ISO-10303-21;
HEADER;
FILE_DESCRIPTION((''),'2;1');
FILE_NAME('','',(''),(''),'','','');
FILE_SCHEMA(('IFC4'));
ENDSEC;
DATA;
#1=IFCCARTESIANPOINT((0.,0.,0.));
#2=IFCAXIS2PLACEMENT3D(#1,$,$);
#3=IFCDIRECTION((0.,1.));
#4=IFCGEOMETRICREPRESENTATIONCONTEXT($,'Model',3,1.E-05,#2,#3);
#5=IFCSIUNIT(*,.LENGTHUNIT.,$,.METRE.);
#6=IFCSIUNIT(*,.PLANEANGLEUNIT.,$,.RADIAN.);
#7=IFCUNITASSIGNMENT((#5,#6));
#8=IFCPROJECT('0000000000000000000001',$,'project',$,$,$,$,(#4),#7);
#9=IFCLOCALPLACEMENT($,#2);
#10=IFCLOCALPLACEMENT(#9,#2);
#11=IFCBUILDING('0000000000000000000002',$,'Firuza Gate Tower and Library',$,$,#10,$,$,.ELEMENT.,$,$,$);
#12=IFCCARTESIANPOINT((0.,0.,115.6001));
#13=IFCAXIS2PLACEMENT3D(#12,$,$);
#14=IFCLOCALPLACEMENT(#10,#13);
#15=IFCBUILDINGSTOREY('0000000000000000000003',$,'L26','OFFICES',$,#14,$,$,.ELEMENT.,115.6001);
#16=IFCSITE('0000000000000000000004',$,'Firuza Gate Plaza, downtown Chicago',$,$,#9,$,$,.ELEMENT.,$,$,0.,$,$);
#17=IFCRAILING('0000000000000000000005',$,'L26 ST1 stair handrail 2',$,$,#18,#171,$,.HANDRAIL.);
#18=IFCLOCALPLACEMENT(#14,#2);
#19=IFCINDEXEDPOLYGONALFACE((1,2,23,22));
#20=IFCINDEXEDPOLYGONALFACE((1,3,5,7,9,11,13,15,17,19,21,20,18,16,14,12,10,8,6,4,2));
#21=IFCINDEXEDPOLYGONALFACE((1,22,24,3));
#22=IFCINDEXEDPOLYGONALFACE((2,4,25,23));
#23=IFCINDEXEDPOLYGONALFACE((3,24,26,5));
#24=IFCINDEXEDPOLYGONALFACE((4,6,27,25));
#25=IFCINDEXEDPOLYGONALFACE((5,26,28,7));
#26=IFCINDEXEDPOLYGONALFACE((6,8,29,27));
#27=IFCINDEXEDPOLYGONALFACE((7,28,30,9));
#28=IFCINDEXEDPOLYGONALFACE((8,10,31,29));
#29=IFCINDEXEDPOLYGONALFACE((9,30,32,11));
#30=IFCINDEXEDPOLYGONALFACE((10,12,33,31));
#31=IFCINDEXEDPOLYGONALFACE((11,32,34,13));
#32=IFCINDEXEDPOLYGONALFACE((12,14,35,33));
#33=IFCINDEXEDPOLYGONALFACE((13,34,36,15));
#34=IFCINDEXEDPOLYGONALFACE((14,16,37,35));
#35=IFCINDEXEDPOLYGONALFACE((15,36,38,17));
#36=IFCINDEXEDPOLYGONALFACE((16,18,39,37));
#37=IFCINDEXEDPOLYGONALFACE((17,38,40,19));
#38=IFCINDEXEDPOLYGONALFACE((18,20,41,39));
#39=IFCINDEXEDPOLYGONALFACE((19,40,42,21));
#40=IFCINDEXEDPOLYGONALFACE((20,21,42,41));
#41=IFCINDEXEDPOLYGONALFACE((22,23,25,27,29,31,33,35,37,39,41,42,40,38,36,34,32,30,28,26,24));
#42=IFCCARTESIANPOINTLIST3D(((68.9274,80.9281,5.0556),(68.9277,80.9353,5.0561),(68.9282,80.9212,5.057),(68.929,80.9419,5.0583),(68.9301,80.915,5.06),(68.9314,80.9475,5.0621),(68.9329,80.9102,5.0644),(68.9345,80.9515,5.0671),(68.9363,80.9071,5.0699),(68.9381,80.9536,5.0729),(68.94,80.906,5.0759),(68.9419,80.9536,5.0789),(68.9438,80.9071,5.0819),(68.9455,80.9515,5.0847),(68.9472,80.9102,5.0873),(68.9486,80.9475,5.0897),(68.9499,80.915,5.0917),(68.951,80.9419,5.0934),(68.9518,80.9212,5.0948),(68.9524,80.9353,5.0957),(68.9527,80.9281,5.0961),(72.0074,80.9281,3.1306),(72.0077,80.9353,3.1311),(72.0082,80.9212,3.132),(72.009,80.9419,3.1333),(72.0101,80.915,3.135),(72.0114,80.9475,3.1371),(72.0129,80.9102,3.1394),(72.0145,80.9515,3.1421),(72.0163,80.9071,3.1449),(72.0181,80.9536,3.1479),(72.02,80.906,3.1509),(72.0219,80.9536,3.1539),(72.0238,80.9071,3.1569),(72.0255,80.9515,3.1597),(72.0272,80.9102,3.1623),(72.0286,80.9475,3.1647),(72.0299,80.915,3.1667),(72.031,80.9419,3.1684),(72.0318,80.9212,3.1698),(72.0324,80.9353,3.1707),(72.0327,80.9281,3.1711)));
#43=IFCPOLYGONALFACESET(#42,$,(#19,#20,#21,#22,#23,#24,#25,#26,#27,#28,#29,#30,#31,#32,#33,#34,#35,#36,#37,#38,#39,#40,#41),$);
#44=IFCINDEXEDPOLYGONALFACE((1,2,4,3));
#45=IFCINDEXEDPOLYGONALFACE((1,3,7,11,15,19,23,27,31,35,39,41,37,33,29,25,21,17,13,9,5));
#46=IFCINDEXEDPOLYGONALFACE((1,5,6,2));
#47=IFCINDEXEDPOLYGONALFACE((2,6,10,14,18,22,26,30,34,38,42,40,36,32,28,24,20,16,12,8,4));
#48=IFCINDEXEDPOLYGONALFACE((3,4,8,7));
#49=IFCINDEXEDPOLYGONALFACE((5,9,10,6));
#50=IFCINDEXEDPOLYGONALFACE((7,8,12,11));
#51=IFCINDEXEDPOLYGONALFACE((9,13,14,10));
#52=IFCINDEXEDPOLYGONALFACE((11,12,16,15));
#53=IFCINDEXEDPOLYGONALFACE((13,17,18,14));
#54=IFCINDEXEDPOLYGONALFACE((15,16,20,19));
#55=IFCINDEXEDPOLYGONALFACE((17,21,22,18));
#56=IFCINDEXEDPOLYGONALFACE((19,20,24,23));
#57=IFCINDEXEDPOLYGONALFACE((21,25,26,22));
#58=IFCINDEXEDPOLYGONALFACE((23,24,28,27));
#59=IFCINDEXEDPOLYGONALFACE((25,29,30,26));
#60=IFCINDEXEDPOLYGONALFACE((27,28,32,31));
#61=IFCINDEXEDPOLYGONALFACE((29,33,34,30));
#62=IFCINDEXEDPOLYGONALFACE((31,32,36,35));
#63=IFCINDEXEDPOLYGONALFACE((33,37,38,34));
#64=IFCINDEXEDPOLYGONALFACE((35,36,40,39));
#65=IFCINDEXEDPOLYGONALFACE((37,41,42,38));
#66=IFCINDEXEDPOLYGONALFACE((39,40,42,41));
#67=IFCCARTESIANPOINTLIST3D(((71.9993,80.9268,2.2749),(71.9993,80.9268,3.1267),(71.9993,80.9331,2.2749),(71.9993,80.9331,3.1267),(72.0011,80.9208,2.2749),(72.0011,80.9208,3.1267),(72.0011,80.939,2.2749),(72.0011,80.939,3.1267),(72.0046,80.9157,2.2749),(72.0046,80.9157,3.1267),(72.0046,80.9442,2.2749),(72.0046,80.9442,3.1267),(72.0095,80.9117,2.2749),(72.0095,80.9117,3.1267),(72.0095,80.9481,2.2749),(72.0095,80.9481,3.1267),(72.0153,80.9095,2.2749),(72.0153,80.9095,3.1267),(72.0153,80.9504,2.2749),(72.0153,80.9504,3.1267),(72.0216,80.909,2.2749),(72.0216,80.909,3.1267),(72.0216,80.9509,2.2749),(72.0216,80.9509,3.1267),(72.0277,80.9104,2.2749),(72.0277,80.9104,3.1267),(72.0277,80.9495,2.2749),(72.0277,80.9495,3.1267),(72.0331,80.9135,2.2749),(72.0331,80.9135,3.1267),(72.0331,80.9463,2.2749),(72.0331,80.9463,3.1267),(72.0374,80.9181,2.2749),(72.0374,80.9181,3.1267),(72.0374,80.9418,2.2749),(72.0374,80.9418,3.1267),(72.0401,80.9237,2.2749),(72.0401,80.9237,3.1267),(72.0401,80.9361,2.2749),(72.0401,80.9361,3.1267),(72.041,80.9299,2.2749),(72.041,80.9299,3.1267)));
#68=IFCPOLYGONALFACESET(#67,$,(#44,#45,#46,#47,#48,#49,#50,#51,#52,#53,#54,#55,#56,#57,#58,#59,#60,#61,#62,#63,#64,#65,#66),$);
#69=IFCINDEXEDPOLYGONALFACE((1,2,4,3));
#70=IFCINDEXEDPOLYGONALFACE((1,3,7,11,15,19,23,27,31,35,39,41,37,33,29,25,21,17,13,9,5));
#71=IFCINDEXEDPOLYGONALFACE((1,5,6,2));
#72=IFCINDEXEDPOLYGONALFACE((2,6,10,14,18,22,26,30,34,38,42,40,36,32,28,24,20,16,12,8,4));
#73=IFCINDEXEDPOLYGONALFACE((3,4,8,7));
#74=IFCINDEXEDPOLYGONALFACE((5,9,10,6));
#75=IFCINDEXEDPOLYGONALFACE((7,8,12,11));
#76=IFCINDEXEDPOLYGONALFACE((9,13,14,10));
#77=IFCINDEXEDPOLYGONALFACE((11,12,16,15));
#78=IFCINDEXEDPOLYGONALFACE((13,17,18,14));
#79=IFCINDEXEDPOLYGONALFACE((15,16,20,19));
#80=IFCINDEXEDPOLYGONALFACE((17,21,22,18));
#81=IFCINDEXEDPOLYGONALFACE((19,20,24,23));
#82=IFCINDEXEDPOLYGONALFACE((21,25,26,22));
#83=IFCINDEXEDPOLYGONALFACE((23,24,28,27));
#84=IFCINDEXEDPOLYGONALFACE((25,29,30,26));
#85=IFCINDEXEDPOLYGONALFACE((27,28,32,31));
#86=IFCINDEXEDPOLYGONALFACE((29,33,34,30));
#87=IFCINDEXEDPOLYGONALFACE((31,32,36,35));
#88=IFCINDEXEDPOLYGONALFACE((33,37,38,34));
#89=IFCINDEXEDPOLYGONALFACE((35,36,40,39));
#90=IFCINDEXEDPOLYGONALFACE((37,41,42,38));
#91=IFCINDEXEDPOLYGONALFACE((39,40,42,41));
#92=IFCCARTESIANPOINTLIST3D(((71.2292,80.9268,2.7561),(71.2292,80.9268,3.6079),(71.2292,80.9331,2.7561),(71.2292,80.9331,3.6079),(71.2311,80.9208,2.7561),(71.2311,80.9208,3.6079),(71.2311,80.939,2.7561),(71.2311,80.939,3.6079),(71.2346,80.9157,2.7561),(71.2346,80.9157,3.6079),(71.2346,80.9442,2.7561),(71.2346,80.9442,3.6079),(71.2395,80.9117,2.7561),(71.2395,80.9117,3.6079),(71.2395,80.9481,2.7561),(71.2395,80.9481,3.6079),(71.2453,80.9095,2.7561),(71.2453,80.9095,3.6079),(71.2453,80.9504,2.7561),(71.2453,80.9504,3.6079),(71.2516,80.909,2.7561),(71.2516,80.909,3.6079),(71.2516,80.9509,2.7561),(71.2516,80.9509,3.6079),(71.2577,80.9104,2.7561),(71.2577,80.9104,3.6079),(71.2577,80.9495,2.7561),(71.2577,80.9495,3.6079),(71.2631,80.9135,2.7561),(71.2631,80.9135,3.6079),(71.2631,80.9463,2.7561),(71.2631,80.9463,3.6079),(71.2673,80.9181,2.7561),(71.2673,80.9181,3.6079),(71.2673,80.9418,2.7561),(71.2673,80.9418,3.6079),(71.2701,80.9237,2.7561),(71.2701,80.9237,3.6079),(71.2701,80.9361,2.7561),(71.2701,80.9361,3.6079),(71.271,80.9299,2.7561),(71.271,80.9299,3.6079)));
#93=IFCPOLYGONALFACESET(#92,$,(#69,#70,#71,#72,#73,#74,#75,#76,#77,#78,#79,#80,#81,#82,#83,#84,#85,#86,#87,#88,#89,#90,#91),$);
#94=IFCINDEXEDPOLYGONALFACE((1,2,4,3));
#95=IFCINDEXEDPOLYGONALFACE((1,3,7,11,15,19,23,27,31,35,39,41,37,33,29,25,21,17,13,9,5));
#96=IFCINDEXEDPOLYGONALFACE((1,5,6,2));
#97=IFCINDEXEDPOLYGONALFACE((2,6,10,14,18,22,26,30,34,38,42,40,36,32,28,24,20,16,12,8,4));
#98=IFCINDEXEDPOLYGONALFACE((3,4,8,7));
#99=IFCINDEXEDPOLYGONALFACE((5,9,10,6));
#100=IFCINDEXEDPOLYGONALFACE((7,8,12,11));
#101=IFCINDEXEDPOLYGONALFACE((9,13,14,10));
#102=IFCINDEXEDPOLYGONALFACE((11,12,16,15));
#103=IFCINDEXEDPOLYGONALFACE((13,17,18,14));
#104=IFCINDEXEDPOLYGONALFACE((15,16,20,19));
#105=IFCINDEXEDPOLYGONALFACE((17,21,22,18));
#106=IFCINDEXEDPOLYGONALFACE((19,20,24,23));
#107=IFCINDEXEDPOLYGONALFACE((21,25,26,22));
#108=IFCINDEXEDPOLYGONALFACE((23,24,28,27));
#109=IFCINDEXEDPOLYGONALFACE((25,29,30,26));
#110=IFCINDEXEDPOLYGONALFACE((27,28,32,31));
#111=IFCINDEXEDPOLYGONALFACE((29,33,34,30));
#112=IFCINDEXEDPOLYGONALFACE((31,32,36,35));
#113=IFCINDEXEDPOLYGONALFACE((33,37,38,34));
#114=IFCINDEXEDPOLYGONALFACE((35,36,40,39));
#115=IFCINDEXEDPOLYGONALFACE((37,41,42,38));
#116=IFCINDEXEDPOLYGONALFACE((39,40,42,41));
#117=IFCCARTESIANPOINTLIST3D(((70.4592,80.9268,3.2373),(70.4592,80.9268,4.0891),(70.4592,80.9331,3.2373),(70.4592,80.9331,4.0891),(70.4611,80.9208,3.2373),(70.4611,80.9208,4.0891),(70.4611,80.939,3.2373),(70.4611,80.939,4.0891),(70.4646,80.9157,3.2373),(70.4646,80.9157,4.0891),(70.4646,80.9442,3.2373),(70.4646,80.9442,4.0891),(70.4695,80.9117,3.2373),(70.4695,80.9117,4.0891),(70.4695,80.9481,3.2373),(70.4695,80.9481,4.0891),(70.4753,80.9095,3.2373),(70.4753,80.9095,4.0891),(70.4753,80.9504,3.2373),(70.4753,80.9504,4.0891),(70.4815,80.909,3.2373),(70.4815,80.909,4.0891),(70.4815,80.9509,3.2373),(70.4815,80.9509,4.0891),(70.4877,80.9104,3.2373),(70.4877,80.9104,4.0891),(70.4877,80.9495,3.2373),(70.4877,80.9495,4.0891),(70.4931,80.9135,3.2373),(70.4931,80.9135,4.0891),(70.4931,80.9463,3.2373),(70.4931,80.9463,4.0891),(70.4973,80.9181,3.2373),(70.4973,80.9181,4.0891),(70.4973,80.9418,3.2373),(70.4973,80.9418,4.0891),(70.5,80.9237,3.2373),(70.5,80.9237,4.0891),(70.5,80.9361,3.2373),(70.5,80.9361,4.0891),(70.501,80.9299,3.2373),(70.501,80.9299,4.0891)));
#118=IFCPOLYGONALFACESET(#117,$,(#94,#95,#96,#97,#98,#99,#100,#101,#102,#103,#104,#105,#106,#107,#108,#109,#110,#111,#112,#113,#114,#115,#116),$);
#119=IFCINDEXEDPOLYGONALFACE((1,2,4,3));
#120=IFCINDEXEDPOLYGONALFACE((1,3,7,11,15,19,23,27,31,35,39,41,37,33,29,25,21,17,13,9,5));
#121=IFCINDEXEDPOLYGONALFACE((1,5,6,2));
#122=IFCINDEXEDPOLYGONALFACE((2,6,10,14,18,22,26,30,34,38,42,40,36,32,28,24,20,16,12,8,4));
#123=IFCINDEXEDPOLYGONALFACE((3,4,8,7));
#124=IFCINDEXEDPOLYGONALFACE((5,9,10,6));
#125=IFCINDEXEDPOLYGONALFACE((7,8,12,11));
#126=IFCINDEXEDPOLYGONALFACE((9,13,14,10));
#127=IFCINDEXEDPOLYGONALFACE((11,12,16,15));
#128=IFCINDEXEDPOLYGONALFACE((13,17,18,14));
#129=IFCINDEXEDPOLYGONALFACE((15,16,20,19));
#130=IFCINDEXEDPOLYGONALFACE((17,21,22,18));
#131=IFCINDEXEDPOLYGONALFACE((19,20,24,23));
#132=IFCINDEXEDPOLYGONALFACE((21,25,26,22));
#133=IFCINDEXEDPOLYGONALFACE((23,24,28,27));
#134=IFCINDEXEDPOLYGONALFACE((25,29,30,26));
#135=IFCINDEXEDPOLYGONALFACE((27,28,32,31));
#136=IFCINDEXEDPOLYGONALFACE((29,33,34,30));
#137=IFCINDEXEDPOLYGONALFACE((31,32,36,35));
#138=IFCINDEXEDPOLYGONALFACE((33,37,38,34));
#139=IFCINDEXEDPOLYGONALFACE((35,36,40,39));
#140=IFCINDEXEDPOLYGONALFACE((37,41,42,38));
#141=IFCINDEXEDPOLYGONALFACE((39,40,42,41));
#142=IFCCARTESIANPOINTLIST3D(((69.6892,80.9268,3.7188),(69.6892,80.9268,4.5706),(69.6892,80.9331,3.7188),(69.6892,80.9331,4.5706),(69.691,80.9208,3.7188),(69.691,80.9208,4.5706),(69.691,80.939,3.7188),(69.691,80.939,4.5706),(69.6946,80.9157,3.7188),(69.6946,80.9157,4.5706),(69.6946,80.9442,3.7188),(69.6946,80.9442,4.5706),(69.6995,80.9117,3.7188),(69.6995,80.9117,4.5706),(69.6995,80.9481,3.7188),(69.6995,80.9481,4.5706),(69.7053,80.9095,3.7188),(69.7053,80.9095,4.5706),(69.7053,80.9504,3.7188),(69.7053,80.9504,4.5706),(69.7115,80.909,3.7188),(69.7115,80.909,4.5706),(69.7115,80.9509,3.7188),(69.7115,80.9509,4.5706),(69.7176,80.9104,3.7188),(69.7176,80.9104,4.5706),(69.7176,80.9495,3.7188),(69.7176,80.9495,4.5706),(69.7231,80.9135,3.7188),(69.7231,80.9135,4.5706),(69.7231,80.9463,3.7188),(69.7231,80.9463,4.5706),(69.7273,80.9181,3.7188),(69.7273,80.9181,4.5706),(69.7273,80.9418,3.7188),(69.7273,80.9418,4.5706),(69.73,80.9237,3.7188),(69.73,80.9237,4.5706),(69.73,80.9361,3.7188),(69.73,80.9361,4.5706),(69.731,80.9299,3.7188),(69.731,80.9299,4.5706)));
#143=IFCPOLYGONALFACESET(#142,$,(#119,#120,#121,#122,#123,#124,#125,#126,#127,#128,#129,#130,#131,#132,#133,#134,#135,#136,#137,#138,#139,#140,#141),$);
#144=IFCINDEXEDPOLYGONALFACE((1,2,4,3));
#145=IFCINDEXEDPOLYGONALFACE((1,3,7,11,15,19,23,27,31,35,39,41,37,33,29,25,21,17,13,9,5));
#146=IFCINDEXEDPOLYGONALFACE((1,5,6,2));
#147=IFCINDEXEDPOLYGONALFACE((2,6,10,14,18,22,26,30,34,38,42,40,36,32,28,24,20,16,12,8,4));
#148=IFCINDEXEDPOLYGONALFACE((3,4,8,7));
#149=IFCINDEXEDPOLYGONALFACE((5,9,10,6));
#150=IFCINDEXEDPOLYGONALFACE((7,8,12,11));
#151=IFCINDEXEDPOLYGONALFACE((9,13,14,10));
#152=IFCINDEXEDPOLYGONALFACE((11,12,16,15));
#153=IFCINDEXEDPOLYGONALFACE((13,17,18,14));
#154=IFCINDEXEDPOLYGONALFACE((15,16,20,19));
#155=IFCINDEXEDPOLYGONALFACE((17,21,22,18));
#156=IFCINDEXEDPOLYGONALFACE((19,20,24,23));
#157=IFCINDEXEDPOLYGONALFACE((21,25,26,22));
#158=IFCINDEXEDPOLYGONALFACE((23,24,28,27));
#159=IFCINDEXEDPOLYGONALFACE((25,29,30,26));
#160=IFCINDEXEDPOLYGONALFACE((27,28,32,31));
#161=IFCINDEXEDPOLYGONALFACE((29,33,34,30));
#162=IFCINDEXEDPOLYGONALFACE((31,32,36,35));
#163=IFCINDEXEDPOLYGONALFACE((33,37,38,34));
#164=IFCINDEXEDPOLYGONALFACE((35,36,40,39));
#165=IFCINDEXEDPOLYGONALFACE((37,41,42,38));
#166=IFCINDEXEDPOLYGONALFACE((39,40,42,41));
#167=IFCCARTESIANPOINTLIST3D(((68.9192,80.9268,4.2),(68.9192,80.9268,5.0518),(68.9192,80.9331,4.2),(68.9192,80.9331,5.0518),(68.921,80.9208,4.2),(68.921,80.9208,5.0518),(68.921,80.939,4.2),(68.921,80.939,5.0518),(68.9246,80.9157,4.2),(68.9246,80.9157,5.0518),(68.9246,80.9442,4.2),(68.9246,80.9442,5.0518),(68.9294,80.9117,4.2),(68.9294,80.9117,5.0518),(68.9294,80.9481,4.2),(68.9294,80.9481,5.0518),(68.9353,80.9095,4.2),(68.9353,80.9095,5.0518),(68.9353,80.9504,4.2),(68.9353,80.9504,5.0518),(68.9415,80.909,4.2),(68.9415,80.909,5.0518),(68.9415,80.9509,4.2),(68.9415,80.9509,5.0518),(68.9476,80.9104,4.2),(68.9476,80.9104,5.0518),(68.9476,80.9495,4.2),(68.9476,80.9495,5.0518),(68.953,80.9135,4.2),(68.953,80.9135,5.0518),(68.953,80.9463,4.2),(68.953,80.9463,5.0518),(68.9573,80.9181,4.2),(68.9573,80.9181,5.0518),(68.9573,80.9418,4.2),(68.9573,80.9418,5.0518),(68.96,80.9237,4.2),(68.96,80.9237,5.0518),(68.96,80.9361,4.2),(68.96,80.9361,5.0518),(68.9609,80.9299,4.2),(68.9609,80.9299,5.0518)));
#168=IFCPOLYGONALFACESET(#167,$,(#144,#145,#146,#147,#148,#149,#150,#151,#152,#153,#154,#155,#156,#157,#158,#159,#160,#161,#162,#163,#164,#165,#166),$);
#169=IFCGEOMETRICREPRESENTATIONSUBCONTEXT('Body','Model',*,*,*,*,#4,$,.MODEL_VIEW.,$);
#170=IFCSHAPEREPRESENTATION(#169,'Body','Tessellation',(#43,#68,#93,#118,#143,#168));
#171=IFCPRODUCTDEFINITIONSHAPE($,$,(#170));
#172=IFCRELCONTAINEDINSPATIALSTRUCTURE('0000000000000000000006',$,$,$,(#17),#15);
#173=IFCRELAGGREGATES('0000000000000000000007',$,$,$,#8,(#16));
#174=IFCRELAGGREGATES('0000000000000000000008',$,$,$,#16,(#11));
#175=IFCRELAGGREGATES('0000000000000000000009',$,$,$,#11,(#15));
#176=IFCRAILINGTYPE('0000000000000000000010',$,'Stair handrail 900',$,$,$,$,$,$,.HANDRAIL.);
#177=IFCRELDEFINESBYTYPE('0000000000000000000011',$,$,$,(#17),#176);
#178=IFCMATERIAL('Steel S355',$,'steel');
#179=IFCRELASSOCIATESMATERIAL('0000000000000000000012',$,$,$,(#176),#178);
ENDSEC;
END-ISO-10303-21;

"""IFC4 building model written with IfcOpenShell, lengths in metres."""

from ifc_helpers import new_model, si_unit, direction, frame, origin, origin_2d, place, context, subcontext, project, spatial, circle, extrude, material, type_object, element, save


model = new_model("IFC4")

# Units and contexts
model_context = context("Model", 3, precision=1e-05, world=origin(), true_north=direction((0.0, 1.0)))
body_context = subcontext(model_context, "Body", "Model", "MODEL_VIEW")
ifc_project = project(units=[si_unit("LENGTHUNIT", "METRE"), si_unit("PLANEANGLEUNIT", "RADIAN")], contexts=[model_context])

# Site, building, storey
site_placement = place(None, origin())
site = spatial("IfcSite", under=ifc_project, at=site_placement, Name="Firuza Gate Plaza, downtown Chicago", CompositionType="ELEMENT", RefElevation=0.0)
building_placement = place(site_placement, origin())
building = spatial("IfcBuilding", under=site, at=building_placement, Name="Firuza Gate Tower and Library", CompositionType="ELEMENT")
storey_placement = place(building_placement, frame((0.0, 0.0, 115.6001)))
storey = spatial("IfcBuildingStorey", under=building, at=storey_placement, Name="L26", Description="OFFICES", CompositionType="ELEMENT", Elevation=115.6001)

# Railing
ifc_material_1 = material(Name="Steel S355", Category="steel")
railing_type_1 = type_object("IfcRailingType", Name="Stair handrail 900", PredefinedType="HANDRAIL", material=ifc_material_1)
railing_1_placement = place(storey_placement, frame((72.02, 80.9299, 2.2749)))
element("IfcRailing", 1, at=railing_1_placement, inside=storey, type_object=railing_type_1, Name="L26 ST1 stair handrail 2", PredefinedType="HANDRAIL", context=body_context, shape_type="SweptSolid", body=[
    extrude(circle(Radius=0.0239, at=origin_2d()), frame((0.0, 0.0, 0.876), z_axis=(-0.847998, 0.0, 0.529999), x_axis=(0.0, -1.0, 0.0)), (0.0, 0.0, 1.0), 3.6321),
    extrude(circle(Radius=0.021, at=origin_2d()), origin(), (0.0, 0.0, 1.0), 0.8518),
    extrude(circle(Radius=0.021, at=origin_2d()), frame((-0.77, 0.0, 0.4812)), (0.0, 0.0, 1.0), 0.8518),
    extrude(circle(Radius=0.021, at=origin_2d()), frame((-1.54, 0.0, 0.9624)), (0.0, 0.0, 1.0), 0.8518),
    extrude(circle(Radius=0.021, at=origin_2d()), frame((-2.3101, 0.0, 1.4438)), (0.0, 0.0, 1.0), 0.8518),
    extrude(circle(Radius=0.021, at=origin_2d()), frame((-3.0801, 0.0, 1.925)), (0.0, 0.0, 1.0), 0.8518),
])

save(model, "model.ifc")
